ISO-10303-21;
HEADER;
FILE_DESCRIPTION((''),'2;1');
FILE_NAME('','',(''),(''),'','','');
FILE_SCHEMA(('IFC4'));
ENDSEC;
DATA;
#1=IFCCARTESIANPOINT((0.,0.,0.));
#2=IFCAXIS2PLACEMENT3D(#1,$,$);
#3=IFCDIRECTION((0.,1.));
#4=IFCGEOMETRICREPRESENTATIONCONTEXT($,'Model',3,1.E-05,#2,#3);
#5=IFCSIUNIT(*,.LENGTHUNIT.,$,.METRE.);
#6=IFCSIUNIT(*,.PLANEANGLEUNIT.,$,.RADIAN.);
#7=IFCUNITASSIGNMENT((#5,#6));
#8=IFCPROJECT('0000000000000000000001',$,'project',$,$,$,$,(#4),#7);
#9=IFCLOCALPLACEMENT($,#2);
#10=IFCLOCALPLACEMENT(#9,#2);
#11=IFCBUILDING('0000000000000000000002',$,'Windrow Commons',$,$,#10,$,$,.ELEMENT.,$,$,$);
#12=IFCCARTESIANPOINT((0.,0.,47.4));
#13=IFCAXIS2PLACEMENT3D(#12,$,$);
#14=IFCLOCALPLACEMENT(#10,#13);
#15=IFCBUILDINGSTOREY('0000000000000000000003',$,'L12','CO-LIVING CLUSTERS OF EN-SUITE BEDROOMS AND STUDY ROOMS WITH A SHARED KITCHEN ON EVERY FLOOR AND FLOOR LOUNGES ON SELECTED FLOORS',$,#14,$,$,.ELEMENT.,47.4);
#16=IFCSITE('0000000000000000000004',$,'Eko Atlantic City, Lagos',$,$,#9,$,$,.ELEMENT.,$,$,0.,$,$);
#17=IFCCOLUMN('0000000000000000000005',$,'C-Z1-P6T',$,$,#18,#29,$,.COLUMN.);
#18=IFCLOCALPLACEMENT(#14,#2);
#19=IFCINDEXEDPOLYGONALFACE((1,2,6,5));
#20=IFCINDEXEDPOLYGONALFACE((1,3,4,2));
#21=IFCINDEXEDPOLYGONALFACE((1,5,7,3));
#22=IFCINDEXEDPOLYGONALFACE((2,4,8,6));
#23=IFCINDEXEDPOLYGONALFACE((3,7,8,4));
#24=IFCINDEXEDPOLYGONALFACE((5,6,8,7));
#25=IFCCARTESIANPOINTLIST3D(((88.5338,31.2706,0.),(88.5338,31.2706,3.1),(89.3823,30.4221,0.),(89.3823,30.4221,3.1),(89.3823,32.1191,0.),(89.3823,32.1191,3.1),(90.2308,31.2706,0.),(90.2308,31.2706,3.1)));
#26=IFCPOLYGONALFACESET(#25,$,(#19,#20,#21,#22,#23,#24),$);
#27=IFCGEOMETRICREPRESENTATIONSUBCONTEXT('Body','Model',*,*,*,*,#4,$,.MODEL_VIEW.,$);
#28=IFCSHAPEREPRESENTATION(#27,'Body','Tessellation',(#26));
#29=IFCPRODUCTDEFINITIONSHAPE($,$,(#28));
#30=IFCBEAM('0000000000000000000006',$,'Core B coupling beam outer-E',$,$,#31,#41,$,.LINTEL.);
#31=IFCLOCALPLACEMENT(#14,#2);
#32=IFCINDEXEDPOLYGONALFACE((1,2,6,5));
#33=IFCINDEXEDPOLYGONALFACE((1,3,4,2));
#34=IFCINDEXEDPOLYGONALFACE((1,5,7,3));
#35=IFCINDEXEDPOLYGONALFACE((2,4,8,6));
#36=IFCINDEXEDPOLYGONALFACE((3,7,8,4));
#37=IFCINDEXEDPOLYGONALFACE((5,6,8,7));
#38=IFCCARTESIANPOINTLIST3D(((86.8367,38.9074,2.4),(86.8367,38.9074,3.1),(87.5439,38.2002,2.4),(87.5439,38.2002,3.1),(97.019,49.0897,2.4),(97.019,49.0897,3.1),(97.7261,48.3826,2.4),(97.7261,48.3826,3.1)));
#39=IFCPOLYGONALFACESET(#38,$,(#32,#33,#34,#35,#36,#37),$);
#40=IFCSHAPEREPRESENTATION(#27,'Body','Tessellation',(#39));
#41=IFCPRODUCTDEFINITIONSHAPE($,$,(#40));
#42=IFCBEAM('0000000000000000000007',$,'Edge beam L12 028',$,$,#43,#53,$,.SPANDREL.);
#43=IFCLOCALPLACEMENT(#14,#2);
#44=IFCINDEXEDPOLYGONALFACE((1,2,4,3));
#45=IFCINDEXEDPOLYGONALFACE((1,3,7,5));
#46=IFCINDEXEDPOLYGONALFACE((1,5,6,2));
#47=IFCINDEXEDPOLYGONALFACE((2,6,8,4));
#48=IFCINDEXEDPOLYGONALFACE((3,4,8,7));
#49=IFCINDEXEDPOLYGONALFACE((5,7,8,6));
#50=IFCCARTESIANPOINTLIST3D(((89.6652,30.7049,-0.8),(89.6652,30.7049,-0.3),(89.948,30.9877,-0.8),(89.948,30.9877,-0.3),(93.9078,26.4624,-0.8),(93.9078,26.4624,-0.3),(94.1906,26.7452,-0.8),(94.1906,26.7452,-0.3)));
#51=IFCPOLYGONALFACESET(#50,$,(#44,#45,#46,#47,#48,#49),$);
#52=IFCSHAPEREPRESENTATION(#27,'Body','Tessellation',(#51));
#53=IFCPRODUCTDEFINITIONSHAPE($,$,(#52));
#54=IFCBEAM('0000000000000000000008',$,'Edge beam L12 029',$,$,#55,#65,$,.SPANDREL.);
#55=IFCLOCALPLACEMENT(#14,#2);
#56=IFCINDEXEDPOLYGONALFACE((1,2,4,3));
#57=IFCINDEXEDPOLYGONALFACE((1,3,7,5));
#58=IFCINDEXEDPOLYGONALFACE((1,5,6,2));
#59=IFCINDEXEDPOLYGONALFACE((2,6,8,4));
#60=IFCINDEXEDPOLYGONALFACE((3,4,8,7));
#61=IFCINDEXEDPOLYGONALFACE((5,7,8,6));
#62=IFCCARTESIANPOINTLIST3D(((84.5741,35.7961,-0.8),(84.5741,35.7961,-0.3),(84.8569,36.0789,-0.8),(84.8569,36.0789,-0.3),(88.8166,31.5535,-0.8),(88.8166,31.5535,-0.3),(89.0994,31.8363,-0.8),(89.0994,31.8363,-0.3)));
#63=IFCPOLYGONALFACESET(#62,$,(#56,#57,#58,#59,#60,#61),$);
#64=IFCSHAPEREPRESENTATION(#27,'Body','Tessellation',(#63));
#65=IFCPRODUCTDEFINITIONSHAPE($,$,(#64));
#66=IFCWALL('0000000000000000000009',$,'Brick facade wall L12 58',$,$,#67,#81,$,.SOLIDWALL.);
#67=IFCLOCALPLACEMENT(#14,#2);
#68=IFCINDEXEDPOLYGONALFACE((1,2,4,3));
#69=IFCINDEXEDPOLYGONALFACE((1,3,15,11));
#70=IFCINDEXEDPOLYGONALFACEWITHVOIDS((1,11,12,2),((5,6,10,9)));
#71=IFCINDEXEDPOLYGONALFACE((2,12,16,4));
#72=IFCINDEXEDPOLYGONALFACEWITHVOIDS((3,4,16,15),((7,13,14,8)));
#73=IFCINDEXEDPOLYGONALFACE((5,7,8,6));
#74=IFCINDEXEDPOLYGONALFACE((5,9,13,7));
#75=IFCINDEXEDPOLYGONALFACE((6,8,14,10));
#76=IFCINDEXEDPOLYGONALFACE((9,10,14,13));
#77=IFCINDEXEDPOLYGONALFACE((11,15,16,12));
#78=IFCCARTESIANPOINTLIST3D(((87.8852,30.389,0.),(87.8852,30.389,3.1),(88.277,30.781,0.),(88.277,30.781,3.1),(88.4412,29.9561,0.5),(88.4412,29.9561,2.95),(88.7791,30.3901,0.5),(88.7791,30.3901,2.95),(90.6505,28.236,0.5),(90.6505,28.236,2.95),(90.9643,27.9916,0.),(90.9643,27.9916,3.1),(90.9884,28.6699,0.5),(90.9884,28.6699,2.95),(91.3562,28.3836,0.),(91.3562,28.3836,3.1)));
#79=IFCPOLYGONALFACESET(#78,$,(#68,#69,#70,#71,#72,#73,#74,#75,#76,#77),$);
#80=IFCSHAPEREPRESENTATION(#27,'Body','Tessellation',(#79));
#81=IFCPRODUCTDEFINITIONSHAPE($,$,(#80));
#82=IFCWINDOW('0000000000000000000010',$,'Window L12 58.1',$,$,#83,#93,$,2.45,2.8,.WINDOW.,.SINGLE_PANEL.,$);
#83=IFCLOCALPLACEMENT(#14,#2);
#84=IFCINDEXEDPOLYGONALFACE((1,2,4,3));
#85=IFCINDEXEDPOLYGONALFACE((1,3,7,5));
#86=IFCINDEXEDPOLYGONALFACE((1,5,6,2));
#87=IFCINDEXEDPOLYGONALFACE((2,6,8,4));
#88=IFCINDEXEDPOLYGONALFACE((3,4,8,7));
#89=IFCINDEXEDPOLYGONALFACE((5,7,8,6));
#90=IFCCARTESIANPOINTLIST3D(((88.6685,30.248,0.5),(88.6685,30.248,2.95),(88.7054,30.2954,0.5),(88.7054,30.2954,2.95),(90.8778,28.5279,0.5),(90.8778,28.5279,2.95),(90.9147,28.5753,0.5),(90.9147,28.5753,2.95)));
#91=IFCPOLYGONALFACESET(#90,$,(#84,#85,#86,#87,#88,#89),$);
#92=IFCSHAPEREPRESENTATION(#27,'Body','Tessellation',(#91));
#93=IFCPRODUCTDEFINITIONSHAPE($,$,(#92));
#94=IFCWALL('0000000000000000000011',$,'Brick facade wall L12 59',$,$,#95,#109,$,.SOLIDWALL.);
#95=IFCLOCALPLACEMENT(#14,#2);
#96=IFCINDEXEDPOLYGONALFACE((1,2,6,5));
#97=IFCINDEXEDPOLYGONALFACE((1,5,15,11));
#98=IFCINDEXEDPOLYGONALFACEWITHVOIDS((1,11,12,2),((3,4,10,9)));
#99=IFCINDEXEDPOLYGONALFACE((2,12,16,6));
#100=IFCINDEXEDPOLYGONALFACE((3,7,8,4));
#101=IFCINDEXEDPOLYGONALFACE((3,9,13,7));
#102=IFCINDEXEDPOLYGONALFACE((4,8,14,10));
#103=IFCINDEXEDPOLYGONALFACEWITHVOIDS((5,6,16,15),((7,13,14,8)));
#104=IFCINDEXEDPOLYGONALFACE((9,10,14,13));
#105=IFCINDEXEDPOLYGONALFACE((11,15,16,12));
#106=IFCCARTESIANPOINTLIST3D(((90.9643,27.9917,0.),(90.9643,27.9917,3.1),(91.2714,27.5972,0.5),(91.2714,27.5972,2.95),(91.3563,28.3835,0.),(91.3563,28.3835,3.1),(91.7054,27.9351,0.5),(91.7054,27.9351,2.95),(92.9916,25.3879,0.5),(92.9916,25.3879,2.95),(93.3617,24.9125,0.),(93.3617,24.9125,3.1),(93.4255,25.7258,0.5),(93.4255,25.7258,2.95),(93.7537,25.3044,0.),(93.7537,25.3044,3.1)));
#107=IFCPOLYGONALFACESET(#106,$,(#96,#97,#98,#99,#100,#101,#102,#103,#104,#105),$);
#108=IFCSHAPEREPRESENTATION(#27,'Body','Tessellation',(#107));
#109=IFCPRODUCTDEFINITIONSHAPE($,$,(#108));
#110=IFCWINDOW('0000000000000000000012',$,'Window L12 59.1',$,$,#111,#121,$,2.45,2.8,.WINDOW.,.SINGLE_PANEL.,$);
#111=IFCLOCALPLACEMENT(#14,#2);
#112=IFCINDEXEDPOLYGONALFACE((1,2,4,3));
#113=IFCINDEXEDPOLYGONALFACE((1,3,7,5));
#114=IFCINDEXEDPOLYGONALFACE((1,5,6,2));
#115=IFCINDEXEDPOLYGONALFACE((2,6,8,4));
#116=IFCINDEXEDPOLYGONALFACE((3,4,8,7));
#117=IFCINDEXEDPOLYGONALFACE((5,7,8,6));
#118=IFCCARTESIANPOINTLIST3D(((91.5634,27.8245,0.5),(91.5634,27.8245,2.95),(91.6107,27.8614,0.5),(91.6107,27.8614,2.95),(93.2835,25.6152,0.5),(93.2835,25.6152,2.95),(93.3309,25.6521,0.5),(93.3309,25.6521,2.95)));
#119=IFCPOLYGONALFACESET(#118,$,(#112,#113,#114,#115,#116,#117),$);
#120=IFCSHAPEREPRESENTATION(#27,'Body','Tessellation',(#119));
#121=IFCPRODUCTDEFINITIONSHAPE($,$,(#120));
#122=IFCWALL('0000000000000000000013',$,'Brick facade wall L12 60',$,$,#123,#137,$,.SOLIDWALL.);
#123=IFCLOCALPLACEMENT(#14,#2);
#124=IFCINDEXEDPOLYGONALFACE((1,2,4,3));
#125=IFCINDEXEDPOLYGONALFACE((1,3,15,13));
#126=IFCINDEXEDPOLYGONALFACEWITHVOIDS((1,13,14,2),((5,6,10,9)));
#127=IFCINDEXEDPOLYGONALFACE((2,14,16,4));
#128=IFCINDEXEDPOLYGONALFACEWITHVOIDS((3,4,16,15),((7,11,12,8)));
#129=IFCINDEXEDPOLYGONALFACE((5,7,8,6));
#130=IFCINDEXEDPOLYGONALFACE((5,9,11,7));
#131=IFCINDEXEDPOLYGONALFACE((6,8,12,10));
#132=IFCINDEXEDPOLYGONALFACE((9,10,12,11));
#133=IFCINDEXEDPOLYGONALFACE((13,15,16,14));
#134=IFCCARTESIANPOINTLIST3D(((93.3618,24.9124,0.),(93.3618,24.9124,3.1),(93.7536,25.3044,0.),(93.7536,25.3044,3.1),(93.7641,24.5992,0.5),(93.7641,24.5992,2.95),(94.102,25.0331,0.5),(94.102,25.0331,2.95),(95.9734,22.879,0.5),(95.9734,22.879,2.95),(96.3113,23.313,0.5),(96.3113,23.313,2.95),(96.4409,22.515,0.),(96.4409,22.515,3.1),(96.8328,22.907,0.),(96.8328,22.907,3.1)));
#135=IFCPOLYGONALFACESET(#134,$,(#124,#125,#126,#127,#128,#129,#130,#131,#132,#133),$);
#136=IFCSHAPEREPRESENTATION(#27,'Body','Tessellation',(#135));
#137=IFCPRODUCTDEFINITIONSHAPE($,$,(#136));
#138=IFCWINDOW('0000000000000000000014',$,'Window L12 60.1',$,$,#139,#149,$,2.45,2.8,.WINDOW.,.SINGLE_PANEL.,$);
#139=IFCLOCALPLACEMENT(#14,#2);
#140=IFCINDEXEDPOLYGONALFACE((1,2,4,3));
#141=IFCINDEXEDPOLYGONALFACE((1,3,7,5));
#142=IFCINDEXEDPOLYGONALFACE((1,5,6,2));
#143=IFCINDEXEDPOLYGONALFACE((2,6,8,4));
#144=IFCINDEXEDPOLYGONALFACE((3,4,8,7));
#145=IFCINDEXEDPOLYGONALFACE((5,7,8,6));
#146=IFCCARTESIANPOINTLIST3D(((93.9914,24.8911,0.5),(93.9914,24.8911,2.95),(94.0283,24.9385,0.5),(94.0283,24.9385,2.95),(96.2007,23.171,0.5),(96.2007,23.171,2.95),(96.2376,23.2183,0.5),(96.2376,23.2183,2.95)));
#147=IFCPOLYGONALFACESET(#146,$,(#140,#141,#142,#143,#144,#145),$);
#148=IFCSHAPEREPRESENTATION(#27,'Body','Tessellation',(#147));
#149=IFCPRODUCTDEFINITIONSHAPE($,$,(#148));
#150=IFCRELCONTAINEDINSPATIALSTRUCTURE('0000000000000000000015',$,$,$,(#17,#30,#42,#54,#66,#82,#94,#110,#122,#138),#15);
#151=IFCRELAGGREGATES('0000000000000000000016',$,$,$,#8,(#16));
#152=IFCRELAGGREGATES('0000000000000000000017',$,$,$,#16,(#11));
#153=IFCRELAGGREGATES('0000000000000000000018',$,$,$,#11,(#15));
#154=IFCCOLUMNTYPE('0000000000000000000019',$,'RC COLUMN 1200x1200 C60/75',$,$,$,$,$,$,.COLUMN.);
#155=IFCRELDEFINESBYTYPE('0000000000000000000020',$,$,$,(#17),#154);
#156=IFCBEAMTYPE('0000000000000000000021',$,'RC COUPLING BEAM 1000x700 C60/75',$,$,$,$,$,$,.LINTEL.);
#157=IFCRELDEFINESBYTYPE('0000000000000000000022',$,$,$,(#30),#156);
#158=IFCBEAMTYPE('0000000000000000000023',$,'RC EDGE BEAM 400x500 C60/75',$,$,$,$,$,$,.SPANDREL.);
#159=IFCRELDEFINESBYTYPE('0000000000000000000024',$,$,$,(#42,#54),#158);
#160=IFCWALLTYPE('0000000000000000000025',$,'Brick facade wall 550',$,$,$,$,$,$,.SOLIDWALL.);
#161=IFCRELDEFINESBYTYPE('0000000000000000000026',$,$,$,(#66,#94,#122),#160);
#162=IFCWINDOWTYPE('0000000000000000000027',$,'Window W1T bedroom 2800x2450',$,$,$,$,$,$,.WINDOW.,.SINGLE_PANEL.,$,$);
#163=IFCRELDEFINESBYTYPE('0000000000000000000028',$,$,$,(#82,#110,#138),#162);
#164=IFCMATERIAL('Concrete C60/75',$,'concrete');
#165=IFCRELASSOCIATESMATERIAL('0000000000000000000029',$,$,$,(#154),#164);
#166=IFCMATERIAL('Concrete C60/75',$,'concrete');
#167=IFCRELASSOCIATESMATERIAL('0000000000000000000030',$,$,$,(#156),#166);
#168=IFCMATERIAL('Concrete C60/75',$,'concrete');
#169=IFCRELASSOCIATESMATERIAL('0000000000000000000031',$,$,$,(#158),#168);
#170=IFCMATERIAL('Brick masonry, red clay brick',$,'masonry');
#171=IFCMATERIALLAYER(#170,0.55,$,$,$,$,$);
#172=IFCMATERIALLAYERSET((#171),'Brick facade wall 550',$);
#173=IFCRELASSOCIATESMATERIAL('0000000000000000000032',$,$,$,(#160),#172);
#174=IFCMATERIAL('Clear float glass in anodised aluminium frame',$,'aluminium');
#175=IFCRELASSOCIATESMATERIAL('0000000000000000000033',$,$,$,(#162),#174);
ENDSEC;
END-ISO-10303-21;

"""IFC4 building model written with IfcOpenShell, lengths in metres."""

from ifc_helpers import new_model, si_unit, direction, frame, frame_2d, origin, origin_2d, place, context, subcontext, project, spatial, polyline, rectangle, outline, extrude, material, layer, layer_set, material_profile, profile_set, type_object, element, fill, save


model = new_model("IFC4")

# Units and contexts
model_context = context("Model", 3, precision=1e-05, world=origin(), true_north=direction((0.0, 1.0)))
body_context = subcontext(model_context, "Body", "Model", "MODEL_VIEW")
ifc_project = project(units=[si_unit("LENGTHUNIT", "METRE"), si_unit("PLANEANGLEUNIT", "RADIAN")], contexts=[model_context])

# Site, building, storey
site_placement = place(None, origin())
site = spatial("IfcSite", under=ifc_project, at=site_placement, Name="Eko Atlantic City, Lagos", CompositionType="ELEMENT", RefElevation=0.0)
building_placement = place(site_placement, origin())
building = spatial("IfcBuilding", under=site, at=building_placement, Name="Windrow Commons", CompositionType="ELEMENT")
storey_placement = place(building_placement, frame((0.0, 0.0, 47.4)))
storey = spatial("IfcBuildingStorey", under=building, at=storey_placement, Name="L12", Description="CO-LIVING CLUSTERS OF EN-SUITE BEDROOMS AND STUDY ROOMS WITH A SHARED KITCHEN ON EVERY FLOOR AND FLOOR LOUNGES ON SELECTED FLOORS", CompositionType="ELEMENT", Elevation=47.4)

# Column
ifc_material_1 = material(Name="Concrete C60/75", Category="concrete")
ifc_material_profile_1 = material_profile(ifc_material_1, rectangle(XDim=1.2, YDim=1.2, at=origin_2d()))
ifc_profile_set_1 = profile_set([ifc_material_profile_1], Name="Concrete C60/75")
column_type = type_object("IfcColumnType", Name="RC COLUMN 1200x1200 C60/75", PredefinedType="COLUMN", material=ifc_profile_set_1)
column_placement = place(storey_placement, frame((89.3823, 31.2706, 0.0), z_axis=(0.0, 0.0, 1.0), x_axis=(0.707107, -0.707107, 0.0)))
element("IfcColumn", 1, at=column_placement, inside=storey, type_object=column_type, Name="C-Z1-P6T", PredefinedType="COLUMN", context=body_context, shape_type="SweptSolid", body=[
    extrude(rectangle(XDim=1.2, YDim=1.2, at=origin_2d()), origin(), (0.0, 0.0, 1.0), 3.1),
])

# Beams
ifc_material_2 = material(Name="Concrete C60/75", Category="concrete")
ifc_material_profile_2 = material_profile(ifc_material_2, rectangle(XDim=1.0, YDim=0.7, at=origin_2d()))
ifc_profile_set_2 = profile_set([ifc_material_profile_2], Name="Concrete C60/75")
beam_type_1 = type_object("IfcBeamType", Name="RC COUPLING BEAM 1000x700 C60/75", PredefinedType="LINTEL", material=ifc_profile_set_2)
beam_placement = place(storey_placement, frame((87.1903, 38.5538, 2.75), z_axis=(0.707103, 0.70711, 0.0), x_axis=(-0.70711, 0.707103, 0.0)))
element("IfcBeam", 2, at=beam_placement, inside=storey, type_object=beam_type_1, Name="Core B coupling beam outer-E", PredefinedType="LINTEL", context=body_context, shape_type="SweptSolid", body=[
    extrude(rectangle(XDim=1.0, YDim=0.7, at=origin_2d()), origin(), (0.0, 0.0, 1.0), 14.4),
])
ifc_material_3 = material(Name="Concrete C60/75", Category="concrete")
ifc_material_profile_3 = material_profile(ifc_material_3, rectangle(XDim=0.4, YDim=0.5, at=origin_2d()))
ifc_profile_set_3 = profile_set([ifc_material_profile_3], Name="Concrete C60/75")
beam_type_2 = type_object("IfcBeamType", Name="RC EDGE BEAM 400x500 C60/75", PredefinedType="SPANDREL", material=ifc_profile_set_3)
for number, where, z_axis, x_axis, name in (
    (3, (94.0492, 26.6038, -0.55), (-0.707115, 0.707098, 0.0), (-0.707098, -0.707115, 0.0), "Edge beam L12 028"),
    (4, (88.958, 31.6949, -0.55), (-0.707098, 0.707115, 0.0), (-0.707115, -0.707098, 0.0), "Edge beam L12 029"),
):
    element("IfcBeam", number, at=place(storey_placement, frame(where, z_axis=z_axis, x_axis=x_axis)), inside=storey, type_object=beam_type_2, Name=name, PredefinedType="SPANDREL", context=body_context, shape_type="SweptSolid", body=[
        extrude(rectangle(XDim=0.4, YDim=0.5, at=origin_2d()), origin(), (0.0, 0.0, 1.0), 5.9999),
    ])

# Walls, openings, windows
ifc_material_4 = material(Name="Brick masonry, red clay brick", Category="masonry")
ifc_layer_1 = layer(ifc_material_4, 0.55)
ifc_layer_set_1 = layer_set([ifc_layer_1], Name="Brick facade wall 550")
wall_type_1 = type_object("IfcWallType", Name="Brick facade wall 550", PredefinedType="SOLIDWALL", material=ifc_layer_set_1)
wall_1_placement = place(storey_placement, frame((88.0811, 30.585, 0.0), z_axis=(0.0, 0.0, 1.0), x_axis=(0.789046, -0.614334, 0.0)))
wall_1 = element("IfcWall", 5, at=wall_1_placement, inside=storey, type_object=wall_type_1, Name="Brick facade wall L12 58", PredefinedType="SOLIDWALL", context=body_context, shape_type="SweptSolid", body=[
    extrude(outline(polyline([(-0.0342, -0.275), (3.8682, -0.275), (3.9366, 0.275), (0.0342, 0.275), (-0.0342, -0.275)])), origin(), (0.0, 0.0, 1.0), 3.1),
])
opening_1_placement = place(wall_1_placement, frame((0.6705, 0.0, 0.5)))
opening_1 = element("IfcOpeningElement", 6, at=opening_1_placement, cuts=wall_1, PredefinedType="OPENING", context=body_context, shape_type="SweptSolid", body=[
    extrude(rectangle(XDim=2.8, YDim=2.45, at=frame_2d((1.4, 1.225))), frame((0.0, 0.285, 0.0), z_axis=(0.0, -1.0, 0.0), x_axis=(1.0, 0.0, 0.0)), (0.0, 0.0, 1.0), 0.57),
])
ifc_material_5 = material(Name="Clear float glass in anodised aluminium frame", Category="aluminium")
window_type = type_object("IfcWindowType", Name="Window W1T bedroom 2800x2450", PartitioningType="SINGLE_PANEL", PredefinedType="WINDOW", material=ifc_material_5)
window_1_placement = place(opening_1_placement, origin())
window_1 = element("IfcWindow", 7, at=window_1_placement, inside=storey, type_object=window_type, Name="Window L12 58.1", OverallHeight=2.45, OverallWidth=2.8, PartitioningType="SINGLE_PANEL", PredefinedType="WINDOW", context=body_context, shape_type="SweptSolid", body=[
    extrude(rectangle(XDim=2.8, YDim=2.45, at=frame_2d((1.4, 1.225))), frame((0.0, 0.155, 0.0), z_axis=(0.0, -1.0, 0.0), x_axis=(1.0, 0.0, 0.0)), (0.0, 0.0, 1.0), 0.06),
])
fill(opening_1, window_1)
wall_2_placement = place(storey_placement, frame((91.1603, 28.1876, 0.0), z_axis=(0.0, 0.0, 1.0), x_axis=(0.614334, -0.789046, 0.0)))
wall_2 = element("IfcWall", 8, at=wall_2_placement, inside=storey, type_object=wall_type_1, Name="Brick facade wall L12 59", PredefinedType="SOLIDWALL", context=body_context, shape_type="SweptSolid", body=[
    extrude(outline(polyline([(0.0342, -0.275), (3.9366, -0.275), (3.8682, 0.275), (-0.0342, 0.275), (0.0342, -0.275)])), origin(), (0.0, 0.0, 1.0), 3.1),
])
opening_2_placement = place(wall_2_placement, frame((0.5341, 0.0, 0.5)))
opening_2 = element("IfcOpeningElement", 9, at=opening_2_placement, cuts=wall_2, PredefinedType="OPENING", context=body_context, shape_type="SweptSolid", body=[
    extrude(rectangle(XDim=2.8, YDim=2.45, at=frame_2d((1.4, 1.225))), frame((0.0, 0.285, 0.0), z_axis=(0.0, -1.0, 0.0), x_axis=(1.0, 0.0, 0.0)), (0.0, 0.0, 1.0), 0.57),
])
window_2_placement = place(opening_2_placement, origin())
window_2 = element("IfcWindow", 10, at=window_2_placement, inside=storey, type_object=window_type, Name="Window L12 59.1", OverallHeight=2.45, OverallWidth=2.8, PartitioningType="SINGLE_PANEL", PredefinedType="WINDOW", context=body_context, shape_type="SweptSolid", body=[
    extrude(rectangle(XDim=2.8, YDim=2.45, at=frame_2d((1.4, 1.225))), frame((0.0, 0.155, 0.0), z_axis=(0.0, -1.0, 0.0), x_axis=(1.0, 0.0, 0.0)), (0.0, 0.0, 1.0), 0.06),
])
fill(opening_2, window_2)
wall_3_placement = place(storey_placement, frame((93.5577, 25.1084, 0.0), z_axis=(0.0, 0.0, 1.0), x_axis=(0.789046, -0.614334, 0.0)))
wall_3 = element("IfcWall", 11, at=wall_3_placement, inside=storey, type_object=wall_type_1, Name="Brick facade wall L12 60", PredefinedType="SOLIDWALL", context=body_context, shape_type="SweptSolid", body=[
    extrude(outline(polyline([(-0.0342, -0.275), (3.8682, -0.275), (3.9366, 0.275), (0.0342, 0.275), (-0.0342, -0.275)])), origin(), (0.0, 0.0, 1.0), 3.1),
])
opening_3_placement = place(wall_3_placement, frame((0.4757, 0.0, 0.5)))
opening_3 = element("IfcOpeningElement", 12, at=opening_3_placement, cuts=wall_3, PredefinedType="OPENING", context=body_context, shape_type="SweptSolid", body=[
    extrude(rectangle(XDim=2.8, YDim=2.45, at=frame_2d((1.4, 1.225))), frame((0.0, 0.285, 0.0), z_axis=(0.0, -1.0, 0.0), x_axis=(1.0, 0.0, 0.0)), (0.0, 0.0, 1.0), 0.57),
])
window_3_placement = place(opening_3_placement, origin())
window_3 = element("IfcWindow", 13, at=window_3_placement, inside=storey, type_object=window_type, Name="Window L12 60.1", OverallHeight=2.45, OverallWidth=2.8, PartitioningType="SINGLE_PANEL", PredefinedType="WINDOW", context=body_context, shape_type="SweptSolid", body=[
    extrude(rectangle(XDim=2.8, YDim=2.45, at=frame_2d((1.4, 1.225))), frame((0.0, 0.155, 0.0), z_axis=(0.0, -1.0, 0.0), x_axis=(1.0, 0.0, 0.0)), (0.0, 0.0, 1.0), 0.06),
])
fill(opening_3, window_3)

save(model, "model.ifc")
